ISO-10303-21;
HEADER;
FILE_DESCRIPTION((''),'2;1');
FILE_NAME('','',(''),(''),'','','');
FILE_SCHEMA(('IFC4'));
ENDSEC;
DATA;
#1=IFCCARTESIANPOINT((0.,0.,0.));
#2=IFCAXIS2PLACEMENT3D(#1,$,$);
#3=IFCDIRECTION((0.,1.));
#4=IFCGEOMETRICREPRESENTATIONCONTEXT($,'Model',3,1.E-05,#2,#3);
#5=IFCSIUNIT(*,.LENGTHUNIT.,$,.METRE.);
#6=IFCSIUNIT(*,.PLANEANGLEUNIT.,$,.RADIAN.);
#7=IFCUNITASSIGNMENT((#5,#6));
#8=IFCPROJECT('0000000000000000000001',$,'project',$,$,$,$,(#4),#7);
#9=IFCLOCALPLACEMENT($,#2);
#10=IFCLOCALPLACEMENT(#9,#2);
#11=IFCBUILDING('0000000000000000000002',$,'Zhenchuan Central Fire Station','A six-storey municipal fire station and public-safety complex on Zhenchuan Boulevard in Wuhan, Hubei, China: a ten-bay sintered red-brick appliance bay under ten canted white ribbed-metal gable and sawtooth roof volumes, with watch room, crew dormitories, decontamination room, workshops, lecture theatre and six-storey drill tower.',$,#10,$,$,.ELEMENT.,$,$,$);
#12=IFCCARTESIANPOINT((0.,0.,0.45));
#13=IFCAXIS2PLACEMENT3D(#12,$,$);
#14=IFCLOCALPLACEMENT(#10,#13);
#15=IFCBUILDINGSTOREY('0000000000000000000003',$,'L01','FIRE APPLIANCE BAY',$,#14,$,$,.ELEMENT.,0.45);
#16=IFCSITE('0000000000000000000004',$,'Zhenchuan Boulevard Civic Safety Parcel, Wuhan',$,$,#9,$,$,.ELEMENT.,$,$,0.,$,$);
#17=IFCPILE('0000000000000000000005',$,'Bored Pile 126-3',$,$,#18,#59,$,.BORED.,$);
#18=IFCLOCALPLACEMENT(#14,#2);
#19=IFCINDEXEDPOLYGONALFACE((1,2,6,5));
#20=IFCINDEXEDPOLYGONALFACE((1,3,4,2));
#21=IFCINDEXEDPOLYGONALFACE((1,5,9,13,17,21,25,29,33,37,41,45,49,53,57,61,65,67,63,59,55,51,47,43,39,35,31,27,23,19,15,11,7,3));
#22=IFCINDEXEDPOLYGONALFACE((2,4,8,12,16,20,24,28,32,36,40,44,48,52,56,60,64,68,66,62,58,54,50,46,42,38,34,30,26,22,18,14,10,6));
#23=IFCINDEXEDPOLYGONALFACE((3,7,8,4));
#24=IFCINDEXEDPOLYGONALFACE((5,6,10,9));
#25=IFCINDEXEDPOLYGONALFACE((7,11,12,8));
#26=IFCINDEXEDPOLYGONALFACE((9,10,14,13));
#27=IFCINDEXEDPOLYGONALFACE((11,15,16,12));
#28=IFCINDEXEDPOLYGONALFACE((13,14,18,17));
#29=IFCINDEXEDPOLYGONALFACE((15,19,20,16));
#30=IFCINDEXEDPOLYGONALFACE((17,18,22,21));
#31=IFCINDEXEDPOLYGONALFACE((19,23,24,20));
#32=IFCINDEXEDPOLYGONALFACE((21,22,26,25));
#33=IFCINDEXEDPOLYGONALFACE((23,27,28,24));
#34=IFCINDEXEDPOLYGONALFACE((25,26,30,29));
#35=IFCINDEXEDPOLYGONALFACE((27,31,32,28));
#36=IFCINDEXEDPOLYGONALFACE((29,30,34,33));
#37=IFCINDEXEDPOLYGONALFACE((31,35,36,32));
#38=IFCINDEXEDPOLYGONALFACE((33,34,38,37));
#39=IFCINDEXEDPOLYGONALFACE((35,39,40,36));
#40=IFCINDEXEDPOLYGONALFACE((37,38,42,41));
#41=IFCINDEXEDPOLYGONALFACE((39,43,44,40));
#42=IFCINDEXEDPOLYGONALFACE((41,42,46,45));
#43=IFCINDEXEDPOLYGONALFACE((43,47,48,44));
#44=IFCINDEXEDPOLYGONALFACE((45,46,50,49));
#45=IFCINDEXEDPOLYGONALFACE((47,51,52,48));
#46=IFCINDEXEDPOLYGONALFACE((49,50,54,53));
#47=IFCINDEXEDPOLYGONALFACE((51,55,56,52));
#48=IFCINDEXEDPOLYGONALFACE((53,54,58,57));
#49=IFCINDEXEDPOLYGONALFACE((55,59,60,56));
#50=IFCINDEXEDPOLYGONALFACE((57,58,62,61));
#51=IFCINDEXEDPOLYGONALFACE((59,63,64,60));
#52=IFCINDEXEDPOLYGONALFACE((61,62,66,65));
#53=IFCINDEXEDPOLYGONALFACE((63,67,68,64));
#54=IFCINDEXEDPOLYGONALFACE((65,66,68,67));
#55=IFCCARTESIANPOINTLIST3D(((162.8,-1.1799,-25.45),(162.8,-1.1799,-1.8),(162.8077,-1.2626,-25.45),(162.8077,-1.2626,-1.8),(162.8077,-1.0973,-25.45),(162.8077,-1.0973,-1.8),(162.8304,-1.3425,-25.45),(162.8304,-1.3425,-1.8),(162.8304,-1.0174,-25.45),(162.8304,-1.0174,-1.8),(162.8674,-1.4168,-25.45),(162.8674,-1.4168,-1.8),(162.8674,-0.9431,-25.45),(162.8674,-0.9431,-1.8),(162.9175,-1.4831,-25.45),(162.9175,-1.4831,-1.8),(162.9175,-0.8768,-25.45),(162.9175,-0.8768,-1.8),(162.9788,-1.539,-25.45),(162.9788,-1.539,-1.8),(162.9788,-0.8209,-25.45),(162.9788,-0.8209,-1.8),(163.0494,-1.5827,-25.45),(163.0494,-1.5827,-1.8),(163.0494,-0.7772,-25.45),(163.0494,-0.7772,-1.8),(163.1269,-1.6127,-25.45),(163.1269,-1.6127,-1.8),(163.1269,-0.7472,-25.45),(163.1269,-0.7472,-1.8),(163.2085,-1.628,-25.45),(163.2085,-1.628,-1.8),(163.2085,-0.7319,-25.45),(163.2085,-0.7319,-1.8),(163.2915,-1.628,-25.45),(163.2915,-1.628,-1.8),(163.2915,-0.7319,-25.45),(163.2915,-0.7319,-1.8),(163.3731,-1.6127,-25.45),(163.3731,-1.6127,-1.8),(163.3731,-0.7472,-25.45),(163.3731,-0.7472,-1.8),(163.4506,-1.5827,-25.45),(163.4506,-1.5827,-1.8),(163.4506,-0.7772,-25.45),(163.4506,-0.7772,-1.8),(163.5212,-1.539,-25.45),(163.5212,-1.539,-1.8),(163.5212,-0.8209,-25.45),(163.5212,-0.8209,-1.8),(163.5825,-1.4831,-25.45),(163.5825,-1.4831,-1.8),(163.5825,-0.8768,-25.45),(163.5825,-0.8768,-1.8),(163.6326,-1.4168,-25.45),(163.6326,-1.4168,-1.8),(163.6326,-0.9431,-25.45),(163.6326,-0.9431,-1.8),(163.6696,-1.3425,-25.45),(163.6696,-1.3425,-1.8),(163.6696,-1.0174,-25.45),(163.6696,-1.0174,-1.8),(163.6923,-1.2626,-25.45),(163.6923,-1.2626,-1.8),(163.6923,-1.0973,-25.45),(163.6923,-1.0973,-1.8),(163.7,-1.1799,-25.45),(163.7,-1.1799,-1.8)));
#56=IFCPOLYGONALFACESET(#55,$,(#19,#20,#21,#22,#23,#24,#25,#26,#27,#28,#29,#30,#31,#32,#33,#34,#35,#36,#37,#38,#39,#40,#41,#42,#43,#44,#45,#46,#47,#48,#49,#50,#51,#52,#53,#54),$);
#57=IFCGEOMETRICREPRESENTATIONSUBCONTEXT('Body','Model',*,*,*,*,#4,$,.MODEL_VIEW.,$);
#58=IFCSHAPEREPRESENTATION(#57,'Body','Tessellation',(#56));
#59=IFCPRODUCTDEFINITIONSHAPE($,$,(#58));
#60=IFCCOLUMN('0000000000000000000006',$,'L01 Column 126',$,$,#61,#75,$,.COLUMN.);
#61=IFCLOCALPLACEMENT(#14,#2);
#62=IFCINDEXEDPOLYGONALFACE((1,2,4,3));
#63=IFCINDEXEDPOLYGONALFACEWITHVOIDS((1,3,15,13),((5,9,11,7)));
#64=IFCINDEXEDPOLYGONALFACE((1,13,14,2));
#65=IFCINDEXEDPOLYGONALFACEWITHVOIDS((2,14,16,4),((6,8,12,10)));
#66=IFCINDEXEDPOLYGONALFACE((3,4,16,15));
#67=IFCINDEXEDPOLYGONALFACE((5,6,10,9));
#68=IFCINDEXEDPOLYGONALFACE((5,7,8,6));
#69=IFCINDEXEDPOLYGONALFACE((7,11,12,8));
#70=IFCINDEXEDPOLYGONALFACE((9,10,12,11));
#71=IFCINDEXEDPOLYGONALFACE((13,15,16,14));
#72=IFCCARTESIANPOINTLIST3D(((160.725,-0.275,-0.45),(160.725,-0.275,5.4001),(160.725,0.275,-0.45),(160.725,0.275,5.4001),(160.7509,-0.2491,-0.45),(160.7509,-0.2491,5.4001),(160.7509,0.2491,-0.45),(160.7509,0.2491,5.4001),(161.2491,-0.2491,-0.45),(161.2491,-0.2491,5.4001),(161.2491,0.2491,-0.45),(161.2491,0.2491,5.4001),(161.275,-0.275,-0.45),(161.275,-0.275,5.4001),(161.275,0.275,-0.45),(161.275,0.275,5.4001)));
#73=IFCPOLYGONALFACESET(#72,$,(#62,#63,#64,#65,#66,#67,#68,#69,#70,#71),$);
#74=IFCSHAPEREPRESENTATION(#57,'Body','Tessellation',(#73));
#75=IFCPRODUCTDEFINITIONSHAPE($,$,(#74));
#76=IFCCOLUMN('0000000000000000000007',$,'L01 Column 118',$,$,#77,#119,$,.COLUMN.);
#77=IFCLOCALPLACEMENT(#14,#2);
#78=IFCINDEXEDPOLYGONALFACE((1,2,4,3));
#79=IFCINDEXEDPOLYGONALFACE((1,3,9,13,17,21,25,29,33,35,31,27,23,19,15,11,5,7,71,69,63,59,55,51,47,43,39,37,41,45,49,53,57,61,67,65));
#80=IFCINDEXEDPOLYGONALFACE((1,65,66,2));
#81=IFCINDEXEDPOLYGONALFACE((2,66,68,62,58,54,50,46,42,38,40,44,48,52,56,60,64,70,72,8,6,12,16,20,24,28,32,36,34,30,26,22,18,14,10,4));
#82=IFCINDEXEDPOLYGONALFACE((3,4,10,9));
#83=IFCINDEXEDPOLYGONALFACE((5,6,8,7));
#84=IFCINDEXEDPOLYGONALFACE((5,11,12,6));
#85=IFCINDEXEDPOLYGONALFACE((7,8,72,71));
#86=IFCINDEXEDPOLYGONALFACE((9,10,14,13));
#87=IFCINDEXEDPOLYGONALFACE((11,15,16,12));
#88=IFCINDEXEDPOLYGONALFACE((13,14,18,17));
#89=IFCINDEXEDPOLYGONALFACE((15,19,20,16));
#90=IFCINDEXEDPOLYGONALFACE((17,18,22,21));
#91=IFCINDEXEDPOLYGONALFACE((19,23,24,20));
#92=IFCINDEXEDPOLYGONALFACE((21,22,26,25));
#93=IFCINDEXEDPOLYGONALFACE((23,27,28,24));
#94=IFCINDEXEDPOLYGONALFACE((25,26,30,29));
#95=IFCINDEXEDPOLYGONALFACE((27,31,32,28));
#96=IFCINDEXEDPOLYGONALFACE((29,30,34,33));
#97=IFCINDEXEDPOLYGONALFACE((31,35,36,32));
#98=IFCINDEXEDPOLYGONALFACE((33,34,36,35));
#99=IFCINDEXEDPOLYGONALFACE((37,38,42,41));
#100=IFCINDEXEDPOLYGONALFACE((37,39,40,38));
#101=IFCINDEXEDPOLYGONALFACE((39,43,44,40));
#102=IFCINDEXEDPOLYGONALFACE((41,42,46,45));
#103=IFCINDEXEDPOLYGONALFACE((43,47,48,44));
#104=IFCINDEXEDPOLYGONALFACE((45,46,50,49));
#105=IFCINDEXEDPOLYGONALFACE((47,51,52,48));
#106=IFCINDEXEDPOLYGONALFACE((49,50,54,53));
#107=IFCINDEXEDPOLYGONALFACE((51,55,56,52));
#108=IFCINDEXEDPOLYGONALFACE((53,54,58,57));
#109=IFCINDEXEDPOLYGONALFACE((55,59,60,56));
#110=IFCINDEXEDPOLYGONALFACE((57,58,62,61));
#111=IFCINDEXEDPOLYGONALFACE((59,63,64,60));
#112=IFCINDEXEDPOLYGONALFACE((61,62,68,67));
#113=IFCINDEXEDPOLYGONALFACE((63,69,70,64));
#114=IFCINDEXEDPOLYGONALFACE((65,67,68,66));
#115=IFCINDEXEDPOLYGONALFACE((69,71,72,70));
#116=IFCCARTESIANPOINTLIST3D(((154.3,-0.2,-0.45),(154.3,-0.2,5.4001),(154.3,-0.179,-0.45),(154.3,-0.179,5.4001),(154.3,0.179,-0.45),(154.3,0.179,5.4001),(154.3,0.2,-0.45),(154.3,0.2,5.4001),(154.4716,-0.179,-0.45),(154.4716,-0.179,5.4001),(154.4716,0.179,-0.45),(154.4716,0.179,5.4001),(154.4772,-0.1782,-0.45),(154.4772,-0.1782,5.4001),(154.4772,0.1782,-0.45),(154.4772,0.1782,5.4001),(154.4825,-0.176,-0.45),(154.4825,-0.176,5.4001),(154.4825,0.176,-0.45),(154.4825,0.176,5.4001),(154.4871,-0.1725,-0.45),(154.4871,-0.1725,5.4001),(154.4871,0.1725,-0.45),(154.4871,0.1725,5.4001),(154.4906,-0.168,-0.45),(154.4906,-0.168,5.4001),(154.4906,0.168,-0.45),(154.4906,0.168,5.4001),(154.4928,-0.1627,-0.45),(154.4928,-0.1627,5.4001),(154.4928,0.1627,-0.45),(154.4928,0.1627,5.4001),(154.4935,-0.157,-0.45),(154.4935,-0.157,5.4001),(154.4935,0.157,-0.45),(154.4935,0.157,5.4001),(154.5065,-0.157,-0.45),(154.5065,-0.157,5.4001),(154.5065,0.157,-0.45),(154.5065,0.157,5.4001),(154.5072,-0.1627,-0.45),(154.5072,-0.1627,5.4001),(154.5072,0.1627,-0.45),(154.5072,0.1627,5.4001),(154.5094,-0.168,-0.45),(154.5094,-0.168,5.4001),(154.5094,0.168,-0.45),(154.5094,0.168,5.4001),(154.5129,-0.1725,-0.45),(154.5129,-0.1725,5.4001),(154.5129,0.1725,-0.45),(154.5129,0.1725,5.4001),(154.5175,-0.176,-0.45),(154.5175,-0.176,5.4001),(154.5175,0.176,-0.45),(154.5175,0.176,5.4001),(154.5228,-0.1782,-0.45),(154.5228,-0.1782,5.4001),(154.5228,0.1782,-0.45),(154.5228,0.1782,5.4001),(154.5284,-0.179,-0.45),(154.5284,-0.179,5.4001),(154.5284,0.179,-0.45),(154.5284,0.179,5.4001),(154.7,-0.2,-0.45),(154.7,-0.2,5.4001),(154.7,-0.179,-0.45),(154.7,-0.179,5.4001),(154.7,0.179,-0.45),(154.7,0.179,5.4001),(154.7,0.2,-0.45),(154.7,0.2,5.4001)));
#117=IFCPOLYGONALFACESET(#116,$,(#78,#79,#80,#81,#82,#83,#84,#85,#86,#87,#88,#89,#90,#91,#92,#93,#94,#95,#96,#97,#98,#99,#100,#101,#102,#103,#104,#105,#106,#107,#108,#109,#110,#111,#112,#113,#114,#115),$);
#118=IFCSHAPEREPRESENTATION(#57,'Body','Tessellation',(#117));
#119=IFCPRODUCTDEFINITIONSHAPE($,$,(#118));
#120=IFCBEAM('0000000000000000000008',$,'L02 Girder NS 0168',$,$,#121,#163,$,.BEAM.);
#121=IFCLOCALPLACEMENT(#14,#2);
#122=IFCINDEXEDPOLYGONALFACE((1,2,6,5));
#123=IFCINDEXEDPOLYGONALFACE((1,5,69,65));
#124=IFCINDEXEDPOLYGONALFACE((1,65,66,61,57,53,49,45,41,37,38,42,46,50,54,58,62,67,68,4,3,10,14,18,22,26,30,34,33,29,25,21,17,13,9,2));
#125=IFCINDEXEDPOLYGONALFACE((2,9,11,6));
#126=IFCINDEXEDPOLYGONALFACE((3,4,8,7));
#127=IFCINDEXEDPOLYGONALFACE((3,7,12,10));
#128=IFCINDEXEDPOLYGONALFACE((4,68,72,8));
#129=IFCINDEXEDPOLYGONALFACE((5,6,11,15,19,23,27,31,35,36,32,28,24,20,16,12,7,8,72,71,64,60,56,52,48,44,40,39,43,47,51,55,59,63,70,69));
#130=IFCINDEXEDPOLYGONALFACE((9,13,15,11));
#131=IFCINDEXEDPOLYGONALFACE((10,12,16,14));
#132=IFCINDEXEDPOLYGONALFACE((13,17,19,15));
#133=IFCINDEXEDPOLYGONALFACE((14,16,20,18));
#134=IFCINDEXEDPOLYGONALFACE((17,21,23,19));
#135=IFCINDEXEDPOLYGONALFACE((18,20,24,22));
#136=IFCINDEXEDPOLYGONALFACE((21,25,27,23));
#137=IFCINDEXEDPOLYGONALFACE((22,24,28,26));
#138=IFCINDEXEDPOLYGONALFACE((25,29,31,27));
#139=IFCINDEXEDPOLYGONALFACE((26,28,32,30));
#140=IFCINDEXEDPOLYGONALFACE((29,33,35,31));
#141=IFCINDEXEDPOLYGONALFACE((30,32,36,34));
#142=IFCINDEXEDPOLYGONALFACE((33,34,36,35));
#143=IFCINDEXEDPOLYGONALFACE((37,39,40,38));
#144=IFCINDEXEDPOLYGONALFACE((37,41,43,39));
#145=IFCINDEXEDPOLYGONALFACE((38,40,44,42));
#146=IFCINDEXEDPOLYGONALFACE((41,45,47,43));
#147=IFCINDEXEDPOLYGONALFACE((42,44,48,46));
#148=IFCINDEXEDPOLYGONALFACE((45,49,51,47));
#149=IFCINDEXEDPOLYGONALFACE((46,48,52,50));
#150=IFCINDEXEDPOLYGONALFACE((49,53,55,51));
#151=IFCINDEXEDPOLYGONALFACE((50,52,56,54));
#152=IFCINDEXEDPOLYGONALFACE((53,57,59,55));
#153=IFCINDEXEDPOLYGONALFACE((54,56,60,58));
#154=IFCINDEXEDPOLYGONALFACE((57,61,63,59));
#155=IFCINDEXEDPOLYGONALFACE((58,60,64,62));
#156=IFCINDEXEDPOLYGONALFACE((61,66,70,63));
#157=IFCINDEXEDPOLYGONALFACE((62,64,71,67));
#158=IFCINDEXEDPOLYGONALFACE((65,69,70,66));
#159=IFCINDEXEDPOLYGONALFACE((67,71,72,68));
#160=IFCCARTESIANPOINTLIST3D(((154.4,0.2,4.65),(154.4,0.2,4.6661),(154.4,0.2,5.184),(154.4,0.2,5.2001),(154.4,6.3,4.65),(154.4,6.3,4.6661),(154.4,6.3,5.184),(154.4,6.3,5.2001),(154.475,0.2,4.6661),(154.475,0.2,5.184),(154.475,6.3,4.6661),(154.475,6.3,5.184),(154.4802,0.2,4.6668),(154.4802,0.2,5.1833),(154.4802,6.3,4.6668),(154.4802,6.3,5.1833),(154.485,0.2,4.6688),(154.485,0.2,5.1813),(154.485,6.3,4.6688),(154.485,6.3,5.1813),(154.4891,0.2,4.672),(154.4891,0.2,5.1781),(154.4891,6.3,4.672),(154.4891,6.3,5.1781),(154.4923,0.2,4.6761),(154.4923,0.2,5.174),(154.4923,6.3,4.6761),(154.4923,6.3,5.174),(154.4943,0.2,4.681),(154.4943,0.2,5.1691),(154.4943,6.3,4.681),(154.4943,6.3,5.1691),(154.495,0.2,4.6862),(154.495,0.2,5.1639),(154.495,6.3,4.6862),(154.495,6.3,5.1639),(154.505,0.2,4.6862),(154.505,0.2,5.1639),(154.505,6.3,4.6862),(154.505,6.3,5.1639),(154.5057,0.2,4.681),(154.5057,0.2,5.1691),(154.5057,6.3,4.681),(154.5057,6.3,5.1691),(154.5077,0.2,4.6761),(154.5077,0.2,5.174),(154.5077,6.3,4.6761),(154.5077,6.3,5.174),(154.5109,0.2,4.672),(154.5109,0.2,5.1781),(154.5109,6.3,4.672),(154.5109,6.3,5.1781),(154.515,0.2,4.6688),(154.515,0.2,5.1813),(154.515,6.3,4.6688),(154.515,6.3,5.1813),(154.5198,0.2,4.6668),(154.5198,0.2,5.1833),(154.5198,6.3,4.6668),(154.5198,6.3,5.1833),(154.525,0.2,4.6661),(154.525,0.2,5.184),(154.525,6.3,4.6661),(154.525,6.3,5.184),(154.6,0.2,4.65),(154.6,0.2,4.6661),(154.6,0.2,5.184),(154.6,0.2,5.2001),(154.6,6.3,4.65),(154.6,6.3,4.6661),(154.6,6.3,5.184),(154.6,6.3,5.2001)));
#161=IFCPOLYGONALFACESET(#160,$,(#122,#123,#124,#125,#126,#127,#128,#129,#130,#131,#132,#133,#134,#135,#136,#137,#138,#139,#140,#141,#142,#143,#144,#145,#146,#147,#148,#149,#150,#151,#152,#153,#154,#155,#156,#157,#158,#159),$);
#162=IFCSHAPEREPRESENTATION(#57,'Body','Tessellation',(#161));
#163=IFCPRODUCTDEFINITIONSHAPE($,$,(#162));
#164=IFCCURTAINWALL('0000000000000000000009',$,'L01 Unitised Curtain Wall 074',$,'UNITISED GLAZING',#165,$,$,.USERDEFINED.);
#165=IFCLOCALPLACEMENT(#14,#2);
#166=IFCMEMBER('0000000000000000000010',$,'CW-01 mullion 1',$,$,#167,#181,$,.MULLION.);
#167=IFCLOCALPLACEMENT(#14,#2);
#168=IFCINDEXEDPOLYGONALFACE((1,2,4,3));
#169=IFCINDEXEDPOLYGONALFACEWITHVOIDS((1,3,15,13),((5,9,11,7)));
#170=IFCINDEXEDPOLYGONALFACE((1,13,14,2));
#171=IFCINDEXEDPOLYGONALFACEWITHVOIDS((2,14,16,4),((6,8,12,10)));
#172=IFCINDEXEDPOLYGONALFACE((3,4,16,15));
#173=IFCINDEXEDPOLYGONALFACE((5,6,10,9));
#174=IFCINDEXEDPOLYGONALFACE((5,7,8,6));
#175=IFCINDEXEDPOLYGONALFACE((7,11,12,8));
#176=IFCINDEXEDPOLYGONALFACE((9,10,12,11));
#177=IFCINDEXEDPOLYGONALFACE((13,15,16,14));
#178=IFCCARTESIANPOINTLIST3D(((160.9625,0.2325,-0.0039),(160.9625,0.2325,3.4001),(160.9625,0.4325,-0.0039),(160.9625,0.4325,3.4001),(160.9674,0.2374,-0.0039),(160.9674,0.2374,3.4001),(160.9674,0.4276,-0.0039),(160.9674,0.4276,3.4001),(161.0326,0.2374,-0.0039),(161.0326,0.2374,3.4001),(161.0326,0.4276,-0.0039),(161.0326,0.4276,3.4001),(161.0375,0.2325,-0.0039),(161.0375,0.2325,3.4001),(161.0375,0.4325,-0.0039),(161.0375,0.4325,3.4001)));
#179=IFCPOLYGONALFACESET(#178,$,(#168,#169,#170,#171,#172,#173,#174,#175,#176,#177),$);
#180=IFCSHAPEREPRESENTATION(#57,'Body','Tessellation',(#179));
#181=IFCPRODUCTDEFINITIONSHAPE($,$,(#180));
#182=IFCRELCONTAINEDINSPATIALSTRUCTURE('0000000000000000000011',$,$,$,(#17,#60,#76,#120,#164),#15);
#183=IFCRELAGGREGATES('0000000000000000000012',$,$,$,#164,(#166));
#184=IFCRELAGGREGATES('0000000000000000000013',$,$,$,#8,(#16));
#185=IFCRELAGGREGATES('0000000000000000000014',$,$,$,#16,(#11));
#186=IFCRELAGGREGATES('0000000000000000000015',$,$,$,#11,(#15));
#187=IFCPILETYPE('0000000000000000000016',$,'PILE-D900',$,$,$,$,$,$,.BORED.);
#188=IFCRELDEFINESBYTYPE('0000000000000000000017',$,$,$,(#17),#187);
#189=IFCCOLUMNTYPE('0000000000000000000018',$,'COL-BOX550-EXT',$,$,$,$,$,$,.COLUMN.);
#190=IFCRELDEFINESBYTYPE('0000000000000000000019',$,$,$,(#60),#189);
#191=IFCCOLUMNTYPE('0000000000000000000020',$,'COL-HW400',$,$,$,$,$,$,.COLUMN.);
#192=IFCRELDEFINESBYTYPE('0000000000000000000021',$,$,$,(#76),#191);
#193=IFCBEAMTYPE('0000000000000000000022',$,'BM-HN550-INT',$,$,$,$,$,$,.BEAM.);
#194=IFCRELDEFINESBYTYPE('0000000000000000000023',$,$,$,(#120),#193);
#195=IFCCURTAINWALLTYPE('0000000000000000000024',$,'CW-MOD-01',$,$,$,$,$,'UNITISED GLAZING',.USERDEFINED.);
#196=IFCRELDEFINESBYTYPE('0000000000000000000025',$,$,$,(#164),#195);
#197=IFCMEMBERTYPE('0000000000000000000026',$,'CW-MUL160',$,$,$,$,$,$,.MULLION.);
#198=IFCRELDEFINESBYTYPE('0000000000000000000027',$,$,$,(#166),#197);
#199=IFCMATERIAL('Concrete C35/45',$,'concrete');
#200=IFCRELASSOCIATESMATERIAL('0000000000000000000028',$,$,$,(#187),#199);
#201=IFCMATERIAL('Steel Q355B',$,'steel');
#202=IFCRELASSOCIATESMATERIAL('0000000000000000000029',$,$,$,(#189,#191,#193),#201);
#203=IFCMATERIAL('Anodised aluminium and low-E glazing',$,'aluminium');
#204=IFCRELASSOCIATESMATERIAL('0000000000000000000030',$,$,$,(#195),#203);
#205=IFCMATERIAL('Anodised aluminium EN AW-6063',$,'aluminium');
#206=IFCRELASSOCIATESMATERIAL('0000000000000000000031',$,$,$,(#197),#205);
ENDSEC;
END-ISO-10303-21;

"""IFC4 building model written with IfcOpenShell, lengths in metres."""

from ifc_helpers import new_model, si_unit, direction, frame, origin, origin_2d, place, context, subcontext, project, spatial, hollow_rectangle, circle, i_section, extrude, material, material_profile, profile_set, type_object, element, aggregate, save


model = new_model("IFC4")

# Units and contexts
model_context = context("Model", 3, precision=1e-05, world=origin(), true_north=direction((0.0, 1.0)))
body_context = subcontext(model_context, "Body", "Model", "MODEL_VIEW")
ifc_project = project(units=[si_unit("LENGTHUNIT", "METRE"), si_unit("PLANEANGLEUNIT", "RADIAN")], contexts=[model_context])

# Site, building, storey
site_placement = place(None, origin())
site = spatial("IfcSite", under=ifc_project, at=site_placement, Name="Zhenchuan Boulevard Civic Safety Parcel, Wuhan", CompositionType="ELEMENT", RefElevation=0.0)
building_placement = place(site_placement, origin())
building = spatial("IfcBuilding", under=site, at=building_placement, Name="Zhenchuan Central Fire Station", Description="A six-storey municipal fire station and public-safety complex on Zhenchuan Boulevard in Wuhan, Hubei, China: a ten-bay sintered red-brick appliance bay under ten canted white ribbed-metal gable and sawtooth roof volumes, with watch room, crew dormitories, decontamination room, workshops, lecture theatre and six-storey drill tower.", CompositionType="ELEMENT")
storey_placement = place(building_placement, frame((0.0, 0.0, 0.45)))
storey = spatial("IfcBuildingStorey", under=building, at=storey_placement, Name="L01", Description="FIRE APPLIANCE BAY", CompositionType="ELEMENT", Elevation=0.45)

# Shared definitions
ifc_material_1 = material(Name="Concrete C35/45", Category="concrete")

# Pile
ifc_material_profile_1 = material_profile(ifc_material_1, circle(Radius=0.45, at=origin_2d()), Name="PILE D900")
ifc_profile_set_1 = profile_set([ifc_material_profile_1], Name="Concrete C35/45")
pile_type_1 = type_object("IfcPileType", Name="PILE-D900", PredefinedType="BORED", material=ifc_profile_set_1)
for number, where, z_axis, x_axis, name in (
    (1, (163.25, -1.1799, -1.8), (0.0, 0.0, -1.0), (1.0, 0.0, 0.0), "Bored Pile 126-3"),
):
    element("IfcPile", number, at=place(storey_placement, frame(where, z_axis=z_axis, x_axis=x_axis)), inside=storey, type_object=pile_type_1, Name=name, PredefinedType="BORED", context=body_context, shape_type="SweptSolid", body=[
        extrude(circle(Radius=0.45, at=origin_2d()), origin(), (0.0, 0.0, 1.0), 23.6499),
    ])

# Columns
ifc_material_2 = material(Name="Steel Q355B", Category="steel")
ifc_material_profile_2 = material_profile(ifc_material_2, hollow_rectangle(XDim=0.55, YDim=0.55, WallThickness=0.0259, at=origin_2d()), Name="BOX 550x550x26")
ifc_profile_set_2 = profile_set([ifc_material_profile_2], Name="Steel Q355B")
column_type_1 = type_object("IfcColumnType", Name="COL-BOX550-EXT", PredefinedType="COLUMN", material=ifc_profile_set_2)
column_1_placement = place(storey_placement, frame((161.0, 0.0, -0.45), z_axis=(0.0, 0.0, 1.0), x_axis=(1.0, 0.0, 0.0)))
element("IfcColumn", 2, at=column_1_placement, inside=storey, type_object=column_type_1, Name="L01 Column 126", PredefinedType="COLUMN", context=body_context, shape_type="SweptSolid", body=[
    extrude(hollow_rectangle(XDim=0.55, YDim=0.55, WallThickness=0.0259, at=origin_2d()), origin(), (0.0, 0.0, 1.0), 5.8501),
])
ifc_material_profile_3 = material_profile(ifc_material_2, i_section(OverallWidth=0.3999, OverallDepth=0.3999, WebThickness=0.0129, FlangeThickness=0.021, FilletRadius=0.022, at=origin_2d()), Name="HW 400x400")
ifc_profile_set_3 = profile_set([ifc_material_profile_3], Name="Steel Q355B")
column_type_2 = type_object("IfcColumnType", Name="COL-HW400", PredefinedType="COLUMN", material=ifc_profile_set_3)
column_2_placement = place(storey_placement, frame((154.5, 0.0, -0.45), z_axis=(0.0, 0.0, 1.0), x_axis=(1.0, 0.0, 0.0)))
element("IfcColumn", 3, at=column_2_placement, inside=storey, type_object=column_type_2, Name="L01 Column 118", PredefinedType="COLUMN", context=body_context, shape_type="SweptSolid", body=[
    extrude(i_section(OverallWidth=0.3999, OverallDepth=0.3999, WebThickness=0.0129, FlangeThickness=0.021, FilletRadius=0.022, at=origin_2d()), origin(), (0.0, 0.0, 1.0), 5.8501),
])

# Beam
ifc_material_profile_4 = material_profile(ifc_material_2, i_section(OverallWidth=0.2, OverallDepth=0.55, WebThickness=0.01, FlangeThickness=0.0161, FilletRadius=0.02, at=origin_2d()), Name="HN 550x200")
ifc_profile_set_4 = profile_set([ifc_material_profile_4], Name="Steel Q355B")
beam_type_1 = type_object("IfcBeamType", Name="BM-HN550-INT", PredefinedType="BEAM", material=ifc_profile_set_4)
beam_1_placement = place(storey_placement, frame((154.5, 0.2, 4.925), z_axis=(0.0, 1.0, 0.0), x_axis=(-1.0, 0.0, 0.0)))
element("IfcBeam", 4, at=beam_1_placement, inside=storey, type_object=beam_type_1, Name="L02 Girder NS 0168", PredefinedType="BEAM", context=body_context, shape_type="SweptSolid", body=[
    extrude(i_section(OverallWidth=0.2, OverallDepth=0.55, WebThickness=0.01, FlangeThickness=0.0161, FilletRadius=0.02, at=origin_2d()), origin(), (0.0, 0.0, 1.0), 6.1001),
])

# Curtain wall, member
ifc_material_3 = material(Name="Anodised aluminium and low-E glazing", Category="aluminium")
curtain_wall_type = type_object("IfcCurtainWallType", Name="CW-MOD-01", ElementType="UNITISED GLAZING", PredefinedType="USERDEFINED", material=ifc_material_3)
curtain_wall_placement = place(storey_placement, origin())
curtain_wall = element("IfcCurtainWall", 5, at=curtain_wall_placement, inside=storey, type_object=curtain_wall_type, Name="L01 Unitised Curtain Wall 074", ObjectType="UNITISED GLAZING", PredefinedType="USERDEFINED")
ifc_material_4 = material(Name="Anodised aluminium EN AW-6063", Category="aluminium")
ifc_material_profile_5 = material_profile(ifc_material_4, hollow_rectangle(XDim=0.075, YDim=0.2, WallThickness=0.0049, at=origin_2d()), Name="ALU-M 200x75")
ifc_profile_set_5 = profile_set([ifc_material_profile_5], Name="Anodised aluminium EN AW-6063")
member_type_1 = type_object("IfcMemberType", Name="CW-MUL160", PredefinedType="MULLION", material=ifc_profile_set_5)
member_1_placement = place(storey_placement, frame((161.0, 0.3325, -0.0039), z_axis=(0.0, 0.0, 1.0), x_axis=(-1.0, 0.0, 0.0)))
member_1 = element("IfcMember", 6, at=member_1_placement, type_object=member_type_1, Name="CW-01 mullion 1", PredefinedType="MULLION", context=body_context, shape_type="SweptSolid", body=[
    extrude(hollow_rectangle(XDim=0.075, YDim=0.2, WallThickness=0.0049, at=origin_2d()), origin(), (0.0, 0.0, 1.0), 3.4041),
])
aggregate(curtain_wall, [member_1])

save(model, "model.ifc")
